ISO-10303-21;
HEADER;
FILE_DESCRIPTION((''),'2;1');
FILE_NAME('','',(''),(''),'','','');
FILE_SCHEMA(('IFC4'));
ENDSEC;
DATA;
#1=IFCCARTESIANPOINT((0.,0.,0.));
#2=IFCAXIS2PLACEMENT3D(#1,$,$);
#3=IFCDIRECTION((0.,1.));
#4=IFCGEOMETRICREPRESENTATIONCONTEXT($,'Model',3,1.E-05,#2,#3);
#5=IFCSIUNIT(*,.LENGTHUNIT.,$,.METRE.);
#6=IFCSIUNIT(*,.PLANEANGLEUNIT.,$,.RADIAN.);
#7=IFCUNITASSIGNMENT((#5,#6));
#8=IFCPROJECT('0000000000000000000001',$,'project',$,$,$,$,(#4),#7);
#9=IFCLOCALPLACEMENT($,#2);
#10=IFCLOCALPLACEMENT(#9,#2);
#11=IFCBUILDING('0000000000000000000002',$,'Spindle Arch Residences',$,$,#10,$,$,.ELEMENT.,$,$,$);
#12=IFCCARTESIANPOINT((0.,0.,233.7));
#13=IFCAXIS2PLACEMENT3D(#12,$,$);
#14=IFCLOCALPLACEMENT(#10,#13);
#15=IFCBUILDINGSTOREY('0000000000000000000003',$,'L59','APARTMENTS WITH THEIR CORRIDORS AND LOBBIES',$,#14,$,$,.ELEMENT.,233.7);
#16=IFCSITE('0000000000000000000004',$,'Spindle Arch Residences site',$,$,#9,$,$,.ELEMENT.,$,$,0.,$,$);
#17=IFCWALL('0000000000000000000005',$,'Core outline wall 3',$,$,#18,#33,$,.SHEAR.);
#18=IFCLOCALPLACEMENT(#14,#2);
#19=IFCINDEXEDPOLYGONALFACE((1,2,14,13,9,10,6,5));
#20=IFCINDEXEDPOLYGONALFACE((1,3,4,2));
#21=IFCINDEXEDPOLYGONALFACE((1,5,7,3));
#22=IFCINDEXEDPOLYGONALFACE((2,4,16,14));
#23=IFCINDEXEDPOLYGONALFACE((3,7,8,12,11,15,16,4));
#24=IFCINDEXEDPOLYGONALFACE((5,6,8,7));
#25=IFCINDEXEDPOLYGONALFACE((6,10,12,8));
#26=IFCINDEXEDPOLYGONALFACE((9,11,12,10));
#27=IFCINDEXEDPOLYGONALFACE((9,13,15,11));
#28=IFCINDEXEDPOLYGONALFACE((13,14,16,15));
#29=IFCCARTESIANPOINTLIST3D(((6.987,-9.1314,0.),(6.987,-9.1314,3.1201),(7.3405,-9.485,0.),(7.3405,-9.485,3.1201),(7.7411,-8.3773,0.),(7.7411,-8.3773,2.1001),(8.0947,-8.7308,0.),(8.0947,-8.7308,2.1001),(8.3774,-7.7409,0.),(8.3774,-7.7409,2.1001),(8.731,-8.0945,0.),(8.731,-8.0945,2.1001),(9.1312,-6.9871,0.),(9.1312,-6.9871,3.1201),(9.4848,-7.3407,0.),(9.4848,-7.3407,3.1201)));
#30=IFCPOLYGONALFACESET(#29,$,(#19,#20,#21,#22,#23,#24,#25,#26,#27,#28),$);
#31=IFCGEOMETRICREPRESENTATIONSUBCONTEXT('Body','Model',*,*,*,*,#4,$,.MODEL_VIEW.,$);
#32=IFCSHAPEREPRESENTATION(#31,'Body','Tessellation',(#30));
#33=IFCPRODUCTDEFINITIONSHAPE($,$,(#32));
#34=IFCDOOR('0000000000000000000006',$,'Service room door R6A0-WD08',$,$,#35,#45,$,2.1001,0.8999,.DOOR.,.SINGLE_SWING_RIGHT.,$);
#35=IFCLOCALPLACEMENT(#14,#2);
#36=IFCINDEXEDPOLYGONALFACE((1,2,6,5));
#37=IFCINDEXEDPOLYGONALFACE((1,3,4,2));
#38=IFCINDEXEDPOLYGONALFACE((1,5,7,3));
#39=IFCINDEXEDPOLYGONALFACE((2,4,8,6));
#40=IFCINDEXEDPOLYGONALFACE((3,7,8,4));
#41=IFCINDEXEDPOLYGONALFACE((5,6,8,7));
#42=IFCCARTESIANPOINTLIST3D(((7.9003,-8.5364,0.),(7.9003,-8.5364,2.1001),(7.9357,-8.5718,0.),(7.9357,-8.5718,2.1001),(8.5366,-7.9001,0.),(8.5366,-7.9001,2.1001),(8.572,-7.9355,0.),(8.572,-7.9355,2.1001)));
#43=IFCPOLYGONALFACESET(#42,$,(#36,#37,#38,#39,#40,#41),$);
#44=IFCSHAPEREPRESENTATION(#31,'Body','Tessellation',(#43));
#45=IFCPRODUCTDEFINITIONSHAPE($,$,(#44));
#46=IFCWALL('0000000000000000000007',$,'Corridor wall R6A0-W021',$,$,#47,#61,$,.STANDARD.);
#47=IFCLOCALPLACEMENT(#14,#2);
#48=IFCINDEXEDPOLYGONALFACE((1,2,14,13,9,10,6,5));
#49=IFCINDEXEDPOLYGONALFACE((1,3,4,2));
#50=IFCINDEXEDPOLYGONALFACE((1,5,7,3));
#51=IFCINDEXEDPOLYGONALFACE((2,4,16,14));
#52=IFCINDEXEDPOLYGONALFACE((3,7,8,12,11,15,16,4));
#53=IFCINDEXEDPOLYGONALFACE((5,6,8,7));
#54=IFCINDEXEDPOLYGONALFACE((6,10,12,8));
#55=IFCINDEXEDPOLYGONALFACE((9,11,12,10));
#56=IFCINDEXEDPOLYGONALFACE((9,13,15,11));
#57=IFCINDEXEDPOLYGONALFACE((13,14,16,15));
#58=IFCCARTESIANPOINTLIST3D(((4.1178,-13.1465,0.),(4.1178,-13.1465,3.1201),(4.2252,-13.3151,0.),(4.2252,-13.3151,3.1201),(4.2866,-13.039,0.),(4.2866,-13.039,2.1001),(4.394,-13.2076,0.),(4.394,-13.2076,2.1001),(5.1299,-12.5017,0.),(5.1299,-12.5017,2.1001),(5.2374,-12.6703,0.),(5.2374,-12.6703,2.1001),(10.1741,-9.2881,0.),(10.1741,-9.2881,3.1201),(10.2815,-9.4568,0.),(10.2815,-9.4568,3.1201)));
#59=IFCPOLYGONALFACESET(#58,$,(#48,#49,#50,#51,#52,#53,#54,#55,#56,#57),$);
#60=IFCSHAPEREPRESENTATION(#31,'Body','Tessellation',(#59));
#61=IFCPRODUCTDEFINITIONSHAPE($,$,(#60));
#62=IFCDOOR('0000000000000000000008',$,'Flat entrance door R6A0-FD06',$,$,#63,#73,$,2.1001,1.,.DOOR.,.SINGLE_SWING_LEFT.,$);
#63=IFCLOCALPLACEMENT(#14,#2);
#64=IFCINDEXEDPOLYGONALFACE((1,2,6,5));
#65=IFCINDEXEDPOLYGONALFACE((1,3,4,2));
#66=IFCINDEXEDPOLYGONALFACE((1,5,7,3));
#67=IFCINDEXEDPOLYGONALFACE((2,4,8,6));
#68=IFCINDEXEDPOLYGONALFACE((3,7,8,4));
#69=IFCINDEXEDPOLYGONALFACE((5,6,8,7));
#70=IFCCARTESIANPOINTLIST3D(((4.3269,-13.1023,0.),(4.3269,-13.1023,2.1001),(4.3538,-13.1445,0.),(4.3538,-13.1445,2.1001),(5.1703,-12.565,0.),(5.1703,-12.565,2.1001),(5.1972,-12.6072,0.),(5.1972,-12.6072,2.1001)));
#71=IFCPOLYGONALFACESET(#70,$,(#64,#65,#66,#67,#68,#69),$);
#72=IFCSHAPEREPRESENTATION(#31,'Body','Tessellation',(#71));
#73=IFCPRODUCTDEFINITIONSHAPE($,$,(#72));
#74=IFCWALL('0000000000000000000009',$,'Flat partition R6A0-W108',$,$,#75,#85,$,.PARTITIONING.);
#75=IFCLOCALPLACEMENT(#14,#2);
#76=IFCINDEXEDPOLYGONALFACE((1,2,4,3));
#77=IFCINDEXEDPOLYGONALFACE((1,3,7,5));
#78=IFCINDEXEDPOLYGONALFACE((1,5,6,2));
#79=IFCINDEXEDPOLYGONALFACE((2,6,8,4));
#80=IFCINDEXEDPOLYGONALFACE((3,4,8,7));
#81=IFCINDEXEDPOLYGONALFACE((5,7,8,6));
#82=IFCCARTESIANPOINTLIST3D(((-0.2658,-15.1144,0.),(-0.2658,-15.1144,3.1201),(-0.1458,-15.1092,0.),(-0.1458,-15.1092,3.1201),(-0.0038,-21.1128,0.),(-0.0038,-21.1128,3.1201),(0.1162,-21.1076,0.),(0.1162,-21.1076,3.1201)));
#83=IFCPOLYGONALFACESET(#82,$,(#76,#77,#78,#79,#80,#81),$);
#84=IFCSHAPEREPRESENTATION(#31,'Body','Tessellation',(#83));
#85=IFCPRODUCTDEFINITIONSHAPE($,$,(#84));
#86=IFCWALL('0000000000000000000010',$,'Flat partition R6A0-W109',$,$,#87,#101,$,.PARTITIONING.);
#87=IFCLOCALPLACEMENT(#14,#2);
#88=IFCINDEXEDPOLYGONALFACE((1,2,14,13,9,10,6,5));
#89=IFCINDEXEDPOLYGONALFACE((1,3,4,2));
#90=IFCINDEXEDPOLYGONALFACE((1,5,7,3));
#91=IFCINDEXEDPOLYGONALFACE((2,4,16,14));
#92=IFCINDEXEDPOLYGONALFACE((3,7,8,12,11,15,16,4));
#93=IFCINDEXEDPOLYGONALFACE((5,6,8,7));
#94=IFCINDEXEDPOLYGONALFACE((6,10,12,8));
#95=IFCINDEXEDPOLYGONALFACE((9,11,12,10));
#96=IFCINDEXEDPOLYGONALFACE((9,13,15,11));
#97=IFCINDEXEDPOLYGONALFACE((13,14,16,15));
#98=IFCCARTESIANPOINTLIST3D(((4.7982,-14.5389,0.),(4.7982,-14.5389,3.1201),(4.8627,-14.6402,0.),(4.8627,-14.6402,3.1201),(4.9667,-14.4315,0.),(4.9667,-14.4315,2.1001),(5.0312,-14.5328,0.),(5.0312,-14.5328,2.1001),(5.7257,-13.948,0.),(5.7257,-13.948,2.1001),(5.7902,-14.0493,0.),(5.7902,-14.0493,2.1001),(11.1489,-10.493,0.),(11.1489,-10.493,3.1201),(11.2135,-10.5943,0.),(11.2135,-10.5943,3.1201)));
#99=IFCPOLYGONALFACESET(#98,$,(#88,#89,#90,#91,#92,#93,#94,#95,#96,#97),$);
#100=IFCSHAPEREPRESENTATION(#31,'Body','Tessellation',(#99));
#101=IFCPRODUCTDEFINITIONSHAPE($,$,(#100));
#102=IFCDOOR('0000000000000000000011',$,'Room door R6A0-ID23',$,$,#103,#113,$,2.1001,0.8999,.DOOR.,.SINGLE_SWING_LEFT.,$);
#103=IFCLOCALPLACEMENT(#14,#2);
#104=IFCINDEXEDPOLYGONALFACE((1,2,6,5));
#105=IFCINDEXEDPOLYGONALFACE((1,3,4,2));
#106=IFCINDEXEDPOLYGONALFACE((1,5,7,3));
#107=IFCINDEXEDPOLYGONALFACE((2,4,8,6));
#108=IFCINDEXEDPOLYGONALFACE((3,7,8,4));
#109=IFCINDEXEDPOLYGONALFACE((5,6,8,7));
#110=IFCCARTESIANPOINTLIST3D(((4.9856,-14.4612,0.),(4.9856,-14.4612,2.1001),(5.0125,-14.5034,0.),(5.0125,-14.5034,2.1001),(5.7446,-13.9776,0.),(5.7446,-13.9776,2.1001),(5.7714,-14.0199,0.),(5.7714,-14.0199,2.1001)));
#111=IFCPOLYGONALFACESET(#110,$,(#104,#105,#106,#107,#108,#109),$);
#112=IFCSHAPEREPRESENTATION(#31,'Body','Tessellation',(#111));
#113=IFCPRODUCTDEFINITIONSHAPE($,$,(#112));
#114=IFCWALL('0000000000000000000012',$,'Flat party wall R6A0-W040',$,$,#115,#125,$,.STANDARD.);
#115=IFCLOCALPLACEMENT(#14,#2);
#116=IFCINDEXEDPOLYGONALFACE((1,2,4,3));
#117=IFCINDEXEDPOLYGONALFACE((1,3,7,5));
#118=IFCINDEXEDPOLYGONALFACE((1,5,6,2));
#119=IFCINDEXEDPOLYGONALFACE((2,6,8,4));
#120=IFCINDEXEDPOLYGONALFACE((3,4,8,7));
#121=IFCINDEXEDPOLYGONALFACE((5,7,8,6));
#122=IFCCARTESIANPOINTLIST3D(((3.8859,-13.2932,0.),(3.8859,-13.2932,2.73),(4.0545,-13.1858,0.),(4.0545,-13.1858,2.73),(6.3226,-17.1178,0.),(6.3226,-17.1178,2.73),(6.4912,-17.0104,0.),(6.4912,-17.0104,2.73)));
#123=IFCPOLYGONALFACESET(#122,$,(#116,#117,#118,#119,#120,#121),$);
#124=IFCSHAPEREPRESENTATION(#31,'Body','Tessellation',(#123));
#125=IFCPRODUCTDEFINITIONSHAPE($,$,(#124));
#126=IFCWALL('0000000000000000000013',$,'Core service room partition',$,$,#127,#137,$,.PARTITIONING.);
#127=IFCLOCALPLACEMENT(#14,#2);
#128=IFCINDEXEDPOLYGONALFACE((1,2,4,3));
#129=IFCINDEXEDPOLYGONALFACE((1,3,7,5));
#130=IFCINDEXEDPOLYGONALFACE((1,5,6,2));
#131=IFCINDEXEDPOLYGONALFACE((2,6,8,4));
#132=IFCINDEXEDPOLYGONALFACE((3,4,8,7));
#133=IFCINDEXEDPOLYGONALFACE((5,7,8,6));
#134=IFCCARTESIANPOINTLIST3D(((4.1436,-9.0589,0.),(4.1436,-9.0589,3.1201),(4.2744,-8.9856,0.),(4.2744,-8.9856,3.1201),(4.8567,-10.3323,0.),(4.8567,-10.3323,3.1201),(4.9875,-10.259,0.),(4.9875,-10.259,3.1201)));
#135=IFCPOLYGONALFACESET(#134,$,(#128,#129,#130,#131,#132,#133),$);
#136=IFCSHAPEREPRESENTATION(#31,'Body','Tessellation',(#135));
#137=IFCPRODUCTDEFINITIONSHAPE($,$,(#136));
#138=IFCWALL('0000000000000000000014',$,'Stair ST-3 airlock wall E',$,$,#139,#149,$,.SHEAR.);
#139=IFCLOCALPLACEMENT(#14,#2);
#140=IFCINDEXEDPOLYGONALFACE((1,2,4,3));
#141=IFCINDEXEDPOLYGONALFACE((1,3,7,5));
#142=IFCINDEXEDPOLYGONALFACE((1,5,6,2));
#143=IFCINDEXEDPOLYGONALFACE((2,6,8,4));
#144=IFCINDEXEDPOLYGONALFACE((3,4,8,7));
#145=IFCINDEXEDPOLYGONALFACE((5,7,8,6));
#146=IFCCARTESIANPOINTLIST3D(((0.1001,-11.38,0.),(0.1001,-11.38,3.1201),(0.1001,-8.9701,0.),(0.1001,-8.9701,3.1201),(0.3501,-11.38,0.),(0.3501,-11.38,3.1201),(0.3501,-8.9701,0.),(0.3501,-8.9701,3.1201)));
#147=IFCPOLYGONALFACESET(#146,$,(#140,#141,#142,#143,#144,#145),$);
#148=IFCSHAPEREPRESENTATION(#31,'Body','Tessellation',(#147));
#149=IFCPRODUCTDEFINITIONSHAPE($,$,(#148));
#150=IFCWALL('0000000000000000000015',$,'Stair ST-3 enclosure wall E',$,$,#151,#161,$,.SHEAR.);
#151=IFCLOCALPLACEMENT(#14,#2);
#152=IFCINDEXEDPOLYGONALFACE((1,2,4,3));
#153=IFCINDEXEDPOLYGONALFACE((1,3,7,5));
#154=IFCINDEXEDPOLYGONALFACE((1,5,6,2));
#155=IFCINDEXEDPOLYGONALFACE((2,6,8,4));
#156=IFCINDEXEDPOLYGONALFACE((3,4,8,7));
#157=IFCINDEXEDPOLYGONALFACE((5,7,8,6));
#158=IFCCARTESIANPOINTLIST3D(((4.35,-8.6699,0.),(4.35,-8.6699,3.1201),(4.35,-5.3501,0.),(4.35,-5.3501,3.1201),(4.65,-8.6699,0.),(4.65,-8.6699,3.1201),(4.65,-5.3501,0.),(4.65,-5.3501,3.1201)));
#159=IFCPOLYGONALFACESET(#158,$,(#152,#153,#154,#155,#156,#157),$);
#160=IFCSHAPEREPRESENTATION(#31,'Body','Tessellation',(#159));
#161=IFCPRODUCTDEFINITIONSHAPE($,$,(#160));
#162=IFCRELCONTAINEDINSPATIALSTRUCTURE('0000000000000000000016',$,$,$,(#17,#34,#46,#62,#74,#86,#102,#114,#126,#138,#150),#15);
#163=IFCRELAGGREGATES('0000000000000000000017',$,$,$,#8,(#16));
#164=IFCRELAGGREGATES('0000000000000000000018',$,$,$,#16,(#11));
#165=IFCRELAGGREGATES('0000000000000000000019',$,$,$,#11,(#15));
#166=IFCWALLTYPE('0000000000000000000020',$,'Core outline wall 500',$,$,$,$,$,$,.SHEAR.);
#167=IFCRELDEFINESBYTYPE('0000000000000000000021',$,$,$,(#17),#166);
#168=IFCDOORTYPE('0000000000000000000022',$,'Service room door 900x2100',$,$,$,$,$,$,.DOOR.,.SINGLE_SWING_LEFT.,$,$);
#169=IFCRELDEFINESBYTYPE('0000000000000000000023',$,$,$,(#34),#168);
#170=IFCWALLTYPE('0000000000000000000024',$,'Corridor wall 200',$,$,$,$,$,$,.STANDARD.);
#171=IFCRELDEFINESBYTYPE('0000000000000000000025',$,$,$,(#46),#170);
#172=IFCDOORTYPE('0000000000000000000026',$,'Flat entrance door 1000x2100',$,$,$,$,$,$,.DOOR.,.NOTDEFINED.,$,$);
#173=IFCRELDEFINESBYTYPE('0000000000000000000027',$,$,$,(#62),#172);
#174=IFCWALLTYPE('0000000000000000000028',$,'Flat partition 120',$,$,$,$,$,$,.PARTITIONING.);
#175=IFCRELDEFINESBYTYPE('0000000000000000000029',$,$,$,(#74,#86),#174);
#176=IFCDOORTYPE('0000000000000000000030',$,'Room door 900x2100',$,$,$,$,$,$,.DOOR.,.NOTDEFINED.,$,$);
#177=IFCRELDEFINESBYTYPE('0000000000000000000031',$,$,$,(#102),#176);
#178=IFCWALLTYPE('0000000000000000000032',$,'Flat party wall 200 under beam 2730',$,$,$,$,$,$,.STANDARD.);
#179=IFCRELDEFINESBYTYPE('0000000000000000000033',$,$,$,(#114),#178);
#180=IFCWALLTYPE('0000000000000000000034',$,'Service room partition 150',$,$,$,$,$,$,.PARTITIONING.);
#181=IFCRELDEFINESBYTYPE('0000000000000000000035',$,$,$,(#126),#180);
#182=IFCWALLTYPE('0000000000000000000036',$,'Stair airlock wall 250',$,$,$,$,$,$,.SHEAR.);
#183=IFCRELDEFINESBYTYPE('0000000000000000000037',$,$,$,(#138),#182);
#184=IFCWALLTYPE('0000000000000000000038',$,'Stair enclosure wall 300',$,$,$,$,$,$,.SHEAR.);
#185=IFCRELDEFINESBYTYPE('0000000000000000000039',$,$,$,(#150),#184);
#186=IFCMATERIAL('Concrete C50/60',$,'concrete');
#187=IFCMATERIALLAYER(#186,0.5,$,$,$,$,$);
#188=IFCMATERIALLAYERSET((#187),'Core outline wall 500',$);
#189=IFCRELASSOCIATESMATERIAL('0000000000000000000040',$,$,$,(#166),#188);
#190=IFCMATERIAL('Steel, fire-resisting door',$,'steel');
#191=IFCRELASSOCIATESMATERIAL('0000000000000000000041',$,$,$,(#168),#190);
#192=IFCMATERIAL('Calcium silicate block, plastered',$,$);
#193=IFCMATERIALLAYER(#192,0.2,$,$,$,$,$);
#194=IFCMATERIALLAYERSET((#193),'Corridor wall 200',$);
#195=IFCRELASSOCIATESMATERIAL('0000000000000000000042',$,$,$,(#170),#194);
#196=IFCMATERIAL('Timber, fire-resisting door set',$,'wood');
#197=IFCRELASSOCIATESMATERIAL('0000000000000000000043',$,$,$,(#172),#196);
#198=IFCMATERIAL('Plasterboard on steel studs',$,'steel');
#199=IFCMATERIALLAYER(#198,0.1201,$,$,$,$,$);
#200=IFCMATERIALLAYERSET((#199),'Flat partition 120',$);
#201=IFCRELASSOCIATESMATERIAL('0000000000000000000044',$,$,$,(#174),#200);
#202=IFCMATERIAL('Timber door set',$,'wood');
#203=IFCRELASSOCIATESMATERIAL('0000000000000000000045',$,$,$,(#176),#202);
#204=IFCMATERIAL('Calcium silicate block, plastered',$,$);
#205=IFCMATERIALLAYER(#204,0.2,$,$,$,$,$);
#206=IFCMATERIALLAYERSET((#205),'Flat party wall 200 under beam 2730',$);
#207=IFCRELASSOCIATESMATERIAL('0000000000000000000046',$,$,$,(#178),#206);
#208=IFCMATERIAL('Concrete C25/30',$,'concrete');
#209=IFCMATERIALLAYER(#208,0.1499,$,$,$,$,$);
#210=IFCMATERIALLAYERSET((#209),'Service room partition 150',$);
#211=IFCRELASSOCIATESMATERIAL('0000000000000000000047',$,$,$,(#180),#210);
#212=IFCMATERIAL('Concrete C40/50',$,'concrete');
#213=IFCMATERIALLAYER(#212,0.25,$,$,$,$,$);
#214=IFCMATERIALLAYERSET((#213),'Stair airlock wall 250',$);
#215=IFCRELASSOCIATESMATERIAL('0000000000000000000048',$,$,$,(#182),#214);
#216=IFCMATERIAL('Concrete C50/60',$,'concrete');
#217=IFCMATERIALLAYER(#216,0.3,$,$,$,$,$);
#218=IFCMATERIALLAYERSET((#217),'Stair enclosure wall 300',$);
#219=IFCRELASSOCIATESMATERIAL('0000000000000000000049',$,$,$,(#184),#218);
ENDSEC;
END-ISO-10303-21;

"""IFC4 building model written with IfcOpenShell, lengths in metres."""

from ifc_helpers import new_model, si_unit, direction, frame, frame_2d, origin, place, context, subcontext, project, spatial, rectangle, extrude, material, layer, layer_set, type_object, element, fill, save


model = new_model("IFC4")

# Units and contexts
model_context = context("Model", 3, precision=1e-05, world=origin(), true_north=direction((0.0, 1.0)))
body_context = subcontext(model_context, "Body", "Model", "MODEL_VIEW")
ifc_project = project(units=[si_unit("LENGTHUNIT", "METRE"), si_unit("PLANEANGLEUNIT", "RADIAN")], contexts=[model_context])

# Site, building, storey
site_placement = place(None, origin())
site = spatial("IfcSite", under=ifc_project, at=site_placement, Name="Spindle Arch Residences site", CompositionType="ELEMENT", RefElevation=0.0)
building_placement = place(site_placement, origin())
building = spatial("IfcBuilding", under=site, at=building_placement, Name="Spindle Arch Residences", CompositionType="ELEMENT")
storey_placement = place(building_placement, frame((0.0, 0.0, 233.7)))
storey = spatial("IfcBuildingStorey", under=building, at=storey_placement, Name="L59", Description="APARTMENTS WITH THEIR CORRIDORS AND LOBBIES", CompositionType="ELEMENT", Elevation=233.7)

# Shared definitions
ifc_material_1 = material(Name="Concrete C50/60", Category="concrete")
ifc_layer_1 = layer(ifc_material_1, 0.5)
ifc_layer_set_1 = layer_set([ifc_layer_1], Name="Core outline wall 500")
wall_type_1 = type_object("IfcWallType", Name="Core outline wall 500", PredefinedType="SHEAR", material=ifc_layer_set_1)
ifc_material_2 = material(Name="Steel, fire-resisting door", Category="steel")
door_type_1 = type_object("IfcDoorType", Name="Service room door 900x2100", OperationType="SINGLE_SWING_LEFT", PredefinedType="DOOR", material=ifc_material_2)

# Walls, openings, doors
wall_1_placement = place(storey_placement, frame((7.1638, -9.3081, 0.0), z_axis=(0.0, 0.0, 1.0), x_axis=(0.707107, 0.707107, 0.0)))
wall_1 = element("IfcWall", 1, at=wall_1_placement, inside=storey, type_object=wall_type_1, Name="Core outline wall 3", PredefinedType="SHEAR", context=body_context, shape_type="SweptSolid", body=[
    extrude(rectangle(XDim=3.0325, YDim=0.5, at=frame_2d((1.5161, 0.0))), origin(), (0.0, 0.0, 1.0), 3.1201),
])
opening_1_placement = place(wall_1_placement, frame((1.0664, 0.0, 0.0)))
opening_1 = element("IfcOpeningElement", 2, at=opening_1_placement, cuts=wall_1, PredefinedType="OPENING", context=body_context, shape_type="SweptSolid", body=[
    extrude(rectangle(XDim=0.8999, YDim=2.1001, at=frame_2d((0.45, 1.05))), frame((0.0, 0.26, 0.0), z_axis=(0.0, -1.0, 0.0), x_axis=(1.0, 0.0, 0.0)), (0.0, 0.0, 1.0), 0.52),
])
door_1_placement = place(opening_1_placement, origin())
door_1 = element("IfcDoor", 3, at=door_1_placement, inside=storey, type_object=door_type_1, Name="Service room door R6A0-WD08", OperationType="SINGLE_SWING_RIGHT", OverallHeight=2.1001, OverallWidth=0.8999, PredefinedType="DOOR", context=body_context, shape_type="SweptSolid", body=[
    extrude(rectangle(XDim=0.8999, YDim=2.1001, at=frame_2d((0.45, 1.05))), frame((0.0, 0.0249, 0.0), z_axis=(0.0, -1.0, 0.0), x_axis=(1.0, 0.0, 0.0)), (0.0, 0.0, 1.0), 0.05),
])
fill(opening_1, door_1)
ifc_material_3 = material(Name="Calcium silicate block, plastered")
ifc_layer_2 = layer(ifc_material_3, 0.2)
ifc_layer_set_2 = layer_set([ifc_layer_2], Name="Corridor wall 200")
wall_type_2 = type_object("IfcWallType", Name="Corridor wall 200", PredefinedType="STANDARD", material=ifc_layer_set_2)
wall_2_placement = place(storey_placement, frame((4.1716, -13.2307, 0.0), z_axis=(0.0, 0.0, 1.0), x_axis=(0.843388, 0.537304, 0.0)))
wall_2 = element("IfcWall", 4, at=wall_2_placement, inside=storey, type_object=wall_type_2, Name="Corridor wall R6A0-W021", PredefinedType="STANDARD", context=body_context, shape_type="SweptSolid", body=[
    extrude(rectangle(XDim=7.1809, YDim=0.2, at=frame_2d((3.5903, 0.0))), origin(), (0.0, 0.0, 1.0), 3.1201),
])
opening_2_placement = place(wall_2_placement, frame((0.2, 0.0, 0.0)))
opening_2 = element("IfcOpeningElement", 5, at=opening_2_placement, cuts=wall_2, PredefinedType="OPENING", context=body_context, shape_type="SweptSolid", body=[
    extrude(rectangle(XDim=1.0, YDim=2.1001, at=frame_2d((0.5, 1.05))), frame((0.0, 0.1099, 0.0), z_axis=(0.0, -1.0, 0.0), x_axis=(1.0, 0.0, 0.0)), (0.0, 0.0, 1.0), 0.22),
])
ifc_material_4 = material(Name="Timber, fire-resisting door set", Category="wood")
door_type_2 = type_object("IfcDoorType", Name="Flat entrance door 1000x2100", OperationType="NOTDEFINED", PredefinedType="DOOR", material=ifc_material_4)
door_2_placement = place(opening_2_placement, origin())
door_2 = element("IfcDoor", 6, at=door_2_placement, inside=storey, type_object=door_type_2, Name="Flat entrance door R6A0-FD06", OperationType="SINGLE_SWING_LEFT", OverallHeight=2.1001, OverallWidth=1.0, PredefinedType="DOOR", context=body_context, shape_type="SweptSolid", body=[
    extrude(rectangle(XDim=1.0, YDim=2.1001, at=frame_2d((0.5, 1.05))), frame((0.0, 0.0249, 0.0), z_axis=(0.0, -1.0, 0.0), x_axis=(1.0, 0.0, 0.0)), (0.0, 0.0, 1.0), 0.05),
])
fill(opening_2, door_2)

# Wall
ifc_material_5 = material(Name="Plasterboard on steel studs", Category="steel")
ifc_layer_3 = layer(ifc_material_5, 0.1201)
ifc_layer_set_3 = layer_set([ifc_layer_3], Name="Flat partition 120")
wall_type_3 = type_object("IfcWallType", Name="Flat partition 120", PredefinedType="PARTITIONING", material=ifc_layer_set_3)
wall_3_placement = place(storey_placement, frame((0.0562, -21.1101, 0.0), z_axis=(0.0, 0.0, 1.0), x_axis=(-0.04363, 0.999048, 0.0)))
element("IfcWall", 7, at=wall_3_placement, inside=storey, type_object=wall_type_3, Name="Flat partition R6A0-W108", PredefinedType="PARTITIONING", context=body_context, shape_type="SweptSolid", body=[
    extrude(rectangle(XDim=6.0042, YDim=0.1201, at=frame_2d((3.002, 0.0))), origin(), (0.0, 0.0, 1.0), 3.1201),
])

# Wall, opening, door
wall_4_placement = place(storey_placement, frame((4.8303, -14.5896, 0.0), z_axis=(0.0, 0.0, 1.0), x_axis=(0.843393, 0.537297, 0.0)))
wall_4 = element("IfcWall", 8, at=wall_4_placement, inside=storey, type_object=wall_type_3, Name="Flat partition R6A0-W109", PredefinedType="PARTITIONING", context=body_context, shape_type="SweptSolid", body=[
    extrude(rectangle(XDim=7.53, YDim=0.1201, at=frame_2d((3.7651, 0.0))), origin(), (0.0, 0.0, 1.0), 3.1201),
])
opening_3_placement = place(wall_4_placement, frame((0.2, 0.0, 0.0)))
opening_3 = element("IfcOpeningElement", 9, at=opening_3_placement, cuts=wall_4, PredefinedType="OPENING", context=body_context, shape_type="SweptSolid", body=[
    extrude(rectangle(XDim=0.8999, YDim=2.1001, at=frame_2d((0.45, 1.05))), frame((0.0, 0.0701, 0.0), z_axis=(0.0, -1.0, 0.0), x_axis=(1.0, 0.0, 0.0)), (0.0, 0.0, 1.0), 0.1401),
])
ifc_material_6 = material(Name="Timber door set", Category="wood")
door_type_3 = type_object("IfcDoorType", Name="Room door 900x2100", OperationType="NOTDEFINED", PredefinedType="DOOR", material=ifc_material_6)
door_3_placement = place(opening_3_placement, origin())
door_3 = element("IfcDoor", 10, at=door_3_placement, inside=storey, type_object=door_type_3, Name="Room door R6A0-ID23", OperationType="SINGLE_SWING_LEFT", OverallHeight=2.1001, OverallWidth=0.8999, PredefinedType="DOOR", context=body_context, shape_type="SweptSolid", body=[
    extrude(rectangle(XDim=0.8999, YDim=2.1001, at=frame_2d((0.45, 1.05))), frame((0.0, 0.0249, 0.0), z_axis=(0.0, -1.0, 0.0), x_axis=(1.0, 0.0, 0.0)), (0.0, 0.0, 1.0), 0.05),
])
fill(opening_3, door_3)

# Wall
ifc_material_7 = material(Name="Calcium silicate block, plastered")
ifc_layer_4 = layer(ifc_material_7, 0.2)
ifc_layer_set_4 = layer_set([ifc_layer_4], Name="Flat party wall 200 under beam 2730")
wall_type_4 = type_object("IfcWallType", Name="Flat party wall 200 under beam 2730", PredefinedType="STANDARD", material=ifc_layer_set_4)
wall_5_placement = place(storey_placement, frame((6.407, -17.0642, 0.0), z_axis=(0.0, 0.0, 1.0), x_axis=(-0.537325, 0.843375, 0.0)))
element("IfcWall", 11, at=wall_5_placement, inside=storey, type_object=wall_type_4, Name="Flat party wall R6A0-W040", PredefinedType="STANDARD", context=body_context, shape_type="SweptSolid", body=[
    extrude(rectangle(XDim=4.5349, YDim=0.2, at=frame_2d((2.2676, 0.0))), origin(), (0.0, 0.0, 1.0), 2.73),
])

# Walls
ifc_material_8 = material(Name="Concrete C25/30", Category="concrete")
ifc_layer_5 = layer(ifc_material_8, 0.1499)
ifc_layer_set_5 = layer_set([ifc_layer_5], Name="Service room partition 150")
wall_type_5 = type_object("IfcWallType", Name="Service room partition 150", PredefinedType="PARTITIONING", material=ifc_layer_set_5)
wall_6_placement = place(storey_placement, frame((4.9221, -10.2957, 0.0), z_axis=(0.0, 0.0, 1.0), x_axis=(-0.488608, 0.872503, 0.0)))
element("IfcWall", 12, at=wall_6_placement, inside=storey, type_object=wall_type_5, Name="Core service room partition", PredefinedType="PARTITIONING", context=body_context, shape_type="SweptSolid", body=[
    extrude(rectangle(XDim=1.4595, YDim=0.1499, at=frame_2d((0.7297, 0.0))), origin(), (0.0, 0.0, 1.0), 3.1201),
])
ifc_material_9 = material(Name="Concrete C40/50", Category="concrete")
ifc_layer_6 = layer(ifc_material_9, 0.25)
ifc_layer_set_6 = layer_set([ifc_layer_6], Name="Stair airlock wall 250")
wall_type_6 = type_object("IfcWallType", Name="Stair airlock wall 250", PredefinedType="SHEAR", material=ifc_layer_set_6)
wall_7_placement = place(storey_placement, frame((0.2251, -8.97, 0.0), z_axis=(0.0, 0.0, 1.0), x_axis=(0.0, -1.0, 0.0)))
element("IfcWall", 13, at=wall_7_placement, inside=storey, type_object=wall_type_6, Name="Stair ST-3 airlock wall E", PredefinedType="SHEAR", context=body_context, shape_type="SweptSolid", body=[
    extrude(rectangle(XDim=2.4099, YDim=0.25, at=frame_2d((1.2051, 0.0))), origin(), (0.0, 0.0, 1.0), 3.1201),
])
ifc_material_10 = material(Name="Concrete C50/60", Category="concrete")
ifc_layer_7 = layer(ifc_material_10, 0.3)
ifc_layer_set_7 = layer_set([ifc_layer_7], Name="Stair enclosure wall 300")
wall_type_7 = type_object("IfcWallType", Name="Stair enclosure wall 300", PredefinedType="SHEAR", material=ifc_layer_set_7)
wall_8_placement = place(storey_placement, frame((4.5, -8.6699, 0.0), z_axis=(0.0, 0.0, 1.0), x_axis=(0.0, 1.0, 0.0)))
element("IfcWall", 14, at=wall_8_placement, inside=storey, type_object=wall_type_7, Name="Stair ST-3 enclosure wall E", PredefinedType="SHEAR", context=body_context, shape_type="SweptSolid", body=[
    extrude(rectangle(XDim=3.3198, YDim=0.3, at=frame_2d((1.6599, 0.0))), origin(), (0.0, 0.0, 1.0), 3.1201),
])

save(model, "model.ifc")
